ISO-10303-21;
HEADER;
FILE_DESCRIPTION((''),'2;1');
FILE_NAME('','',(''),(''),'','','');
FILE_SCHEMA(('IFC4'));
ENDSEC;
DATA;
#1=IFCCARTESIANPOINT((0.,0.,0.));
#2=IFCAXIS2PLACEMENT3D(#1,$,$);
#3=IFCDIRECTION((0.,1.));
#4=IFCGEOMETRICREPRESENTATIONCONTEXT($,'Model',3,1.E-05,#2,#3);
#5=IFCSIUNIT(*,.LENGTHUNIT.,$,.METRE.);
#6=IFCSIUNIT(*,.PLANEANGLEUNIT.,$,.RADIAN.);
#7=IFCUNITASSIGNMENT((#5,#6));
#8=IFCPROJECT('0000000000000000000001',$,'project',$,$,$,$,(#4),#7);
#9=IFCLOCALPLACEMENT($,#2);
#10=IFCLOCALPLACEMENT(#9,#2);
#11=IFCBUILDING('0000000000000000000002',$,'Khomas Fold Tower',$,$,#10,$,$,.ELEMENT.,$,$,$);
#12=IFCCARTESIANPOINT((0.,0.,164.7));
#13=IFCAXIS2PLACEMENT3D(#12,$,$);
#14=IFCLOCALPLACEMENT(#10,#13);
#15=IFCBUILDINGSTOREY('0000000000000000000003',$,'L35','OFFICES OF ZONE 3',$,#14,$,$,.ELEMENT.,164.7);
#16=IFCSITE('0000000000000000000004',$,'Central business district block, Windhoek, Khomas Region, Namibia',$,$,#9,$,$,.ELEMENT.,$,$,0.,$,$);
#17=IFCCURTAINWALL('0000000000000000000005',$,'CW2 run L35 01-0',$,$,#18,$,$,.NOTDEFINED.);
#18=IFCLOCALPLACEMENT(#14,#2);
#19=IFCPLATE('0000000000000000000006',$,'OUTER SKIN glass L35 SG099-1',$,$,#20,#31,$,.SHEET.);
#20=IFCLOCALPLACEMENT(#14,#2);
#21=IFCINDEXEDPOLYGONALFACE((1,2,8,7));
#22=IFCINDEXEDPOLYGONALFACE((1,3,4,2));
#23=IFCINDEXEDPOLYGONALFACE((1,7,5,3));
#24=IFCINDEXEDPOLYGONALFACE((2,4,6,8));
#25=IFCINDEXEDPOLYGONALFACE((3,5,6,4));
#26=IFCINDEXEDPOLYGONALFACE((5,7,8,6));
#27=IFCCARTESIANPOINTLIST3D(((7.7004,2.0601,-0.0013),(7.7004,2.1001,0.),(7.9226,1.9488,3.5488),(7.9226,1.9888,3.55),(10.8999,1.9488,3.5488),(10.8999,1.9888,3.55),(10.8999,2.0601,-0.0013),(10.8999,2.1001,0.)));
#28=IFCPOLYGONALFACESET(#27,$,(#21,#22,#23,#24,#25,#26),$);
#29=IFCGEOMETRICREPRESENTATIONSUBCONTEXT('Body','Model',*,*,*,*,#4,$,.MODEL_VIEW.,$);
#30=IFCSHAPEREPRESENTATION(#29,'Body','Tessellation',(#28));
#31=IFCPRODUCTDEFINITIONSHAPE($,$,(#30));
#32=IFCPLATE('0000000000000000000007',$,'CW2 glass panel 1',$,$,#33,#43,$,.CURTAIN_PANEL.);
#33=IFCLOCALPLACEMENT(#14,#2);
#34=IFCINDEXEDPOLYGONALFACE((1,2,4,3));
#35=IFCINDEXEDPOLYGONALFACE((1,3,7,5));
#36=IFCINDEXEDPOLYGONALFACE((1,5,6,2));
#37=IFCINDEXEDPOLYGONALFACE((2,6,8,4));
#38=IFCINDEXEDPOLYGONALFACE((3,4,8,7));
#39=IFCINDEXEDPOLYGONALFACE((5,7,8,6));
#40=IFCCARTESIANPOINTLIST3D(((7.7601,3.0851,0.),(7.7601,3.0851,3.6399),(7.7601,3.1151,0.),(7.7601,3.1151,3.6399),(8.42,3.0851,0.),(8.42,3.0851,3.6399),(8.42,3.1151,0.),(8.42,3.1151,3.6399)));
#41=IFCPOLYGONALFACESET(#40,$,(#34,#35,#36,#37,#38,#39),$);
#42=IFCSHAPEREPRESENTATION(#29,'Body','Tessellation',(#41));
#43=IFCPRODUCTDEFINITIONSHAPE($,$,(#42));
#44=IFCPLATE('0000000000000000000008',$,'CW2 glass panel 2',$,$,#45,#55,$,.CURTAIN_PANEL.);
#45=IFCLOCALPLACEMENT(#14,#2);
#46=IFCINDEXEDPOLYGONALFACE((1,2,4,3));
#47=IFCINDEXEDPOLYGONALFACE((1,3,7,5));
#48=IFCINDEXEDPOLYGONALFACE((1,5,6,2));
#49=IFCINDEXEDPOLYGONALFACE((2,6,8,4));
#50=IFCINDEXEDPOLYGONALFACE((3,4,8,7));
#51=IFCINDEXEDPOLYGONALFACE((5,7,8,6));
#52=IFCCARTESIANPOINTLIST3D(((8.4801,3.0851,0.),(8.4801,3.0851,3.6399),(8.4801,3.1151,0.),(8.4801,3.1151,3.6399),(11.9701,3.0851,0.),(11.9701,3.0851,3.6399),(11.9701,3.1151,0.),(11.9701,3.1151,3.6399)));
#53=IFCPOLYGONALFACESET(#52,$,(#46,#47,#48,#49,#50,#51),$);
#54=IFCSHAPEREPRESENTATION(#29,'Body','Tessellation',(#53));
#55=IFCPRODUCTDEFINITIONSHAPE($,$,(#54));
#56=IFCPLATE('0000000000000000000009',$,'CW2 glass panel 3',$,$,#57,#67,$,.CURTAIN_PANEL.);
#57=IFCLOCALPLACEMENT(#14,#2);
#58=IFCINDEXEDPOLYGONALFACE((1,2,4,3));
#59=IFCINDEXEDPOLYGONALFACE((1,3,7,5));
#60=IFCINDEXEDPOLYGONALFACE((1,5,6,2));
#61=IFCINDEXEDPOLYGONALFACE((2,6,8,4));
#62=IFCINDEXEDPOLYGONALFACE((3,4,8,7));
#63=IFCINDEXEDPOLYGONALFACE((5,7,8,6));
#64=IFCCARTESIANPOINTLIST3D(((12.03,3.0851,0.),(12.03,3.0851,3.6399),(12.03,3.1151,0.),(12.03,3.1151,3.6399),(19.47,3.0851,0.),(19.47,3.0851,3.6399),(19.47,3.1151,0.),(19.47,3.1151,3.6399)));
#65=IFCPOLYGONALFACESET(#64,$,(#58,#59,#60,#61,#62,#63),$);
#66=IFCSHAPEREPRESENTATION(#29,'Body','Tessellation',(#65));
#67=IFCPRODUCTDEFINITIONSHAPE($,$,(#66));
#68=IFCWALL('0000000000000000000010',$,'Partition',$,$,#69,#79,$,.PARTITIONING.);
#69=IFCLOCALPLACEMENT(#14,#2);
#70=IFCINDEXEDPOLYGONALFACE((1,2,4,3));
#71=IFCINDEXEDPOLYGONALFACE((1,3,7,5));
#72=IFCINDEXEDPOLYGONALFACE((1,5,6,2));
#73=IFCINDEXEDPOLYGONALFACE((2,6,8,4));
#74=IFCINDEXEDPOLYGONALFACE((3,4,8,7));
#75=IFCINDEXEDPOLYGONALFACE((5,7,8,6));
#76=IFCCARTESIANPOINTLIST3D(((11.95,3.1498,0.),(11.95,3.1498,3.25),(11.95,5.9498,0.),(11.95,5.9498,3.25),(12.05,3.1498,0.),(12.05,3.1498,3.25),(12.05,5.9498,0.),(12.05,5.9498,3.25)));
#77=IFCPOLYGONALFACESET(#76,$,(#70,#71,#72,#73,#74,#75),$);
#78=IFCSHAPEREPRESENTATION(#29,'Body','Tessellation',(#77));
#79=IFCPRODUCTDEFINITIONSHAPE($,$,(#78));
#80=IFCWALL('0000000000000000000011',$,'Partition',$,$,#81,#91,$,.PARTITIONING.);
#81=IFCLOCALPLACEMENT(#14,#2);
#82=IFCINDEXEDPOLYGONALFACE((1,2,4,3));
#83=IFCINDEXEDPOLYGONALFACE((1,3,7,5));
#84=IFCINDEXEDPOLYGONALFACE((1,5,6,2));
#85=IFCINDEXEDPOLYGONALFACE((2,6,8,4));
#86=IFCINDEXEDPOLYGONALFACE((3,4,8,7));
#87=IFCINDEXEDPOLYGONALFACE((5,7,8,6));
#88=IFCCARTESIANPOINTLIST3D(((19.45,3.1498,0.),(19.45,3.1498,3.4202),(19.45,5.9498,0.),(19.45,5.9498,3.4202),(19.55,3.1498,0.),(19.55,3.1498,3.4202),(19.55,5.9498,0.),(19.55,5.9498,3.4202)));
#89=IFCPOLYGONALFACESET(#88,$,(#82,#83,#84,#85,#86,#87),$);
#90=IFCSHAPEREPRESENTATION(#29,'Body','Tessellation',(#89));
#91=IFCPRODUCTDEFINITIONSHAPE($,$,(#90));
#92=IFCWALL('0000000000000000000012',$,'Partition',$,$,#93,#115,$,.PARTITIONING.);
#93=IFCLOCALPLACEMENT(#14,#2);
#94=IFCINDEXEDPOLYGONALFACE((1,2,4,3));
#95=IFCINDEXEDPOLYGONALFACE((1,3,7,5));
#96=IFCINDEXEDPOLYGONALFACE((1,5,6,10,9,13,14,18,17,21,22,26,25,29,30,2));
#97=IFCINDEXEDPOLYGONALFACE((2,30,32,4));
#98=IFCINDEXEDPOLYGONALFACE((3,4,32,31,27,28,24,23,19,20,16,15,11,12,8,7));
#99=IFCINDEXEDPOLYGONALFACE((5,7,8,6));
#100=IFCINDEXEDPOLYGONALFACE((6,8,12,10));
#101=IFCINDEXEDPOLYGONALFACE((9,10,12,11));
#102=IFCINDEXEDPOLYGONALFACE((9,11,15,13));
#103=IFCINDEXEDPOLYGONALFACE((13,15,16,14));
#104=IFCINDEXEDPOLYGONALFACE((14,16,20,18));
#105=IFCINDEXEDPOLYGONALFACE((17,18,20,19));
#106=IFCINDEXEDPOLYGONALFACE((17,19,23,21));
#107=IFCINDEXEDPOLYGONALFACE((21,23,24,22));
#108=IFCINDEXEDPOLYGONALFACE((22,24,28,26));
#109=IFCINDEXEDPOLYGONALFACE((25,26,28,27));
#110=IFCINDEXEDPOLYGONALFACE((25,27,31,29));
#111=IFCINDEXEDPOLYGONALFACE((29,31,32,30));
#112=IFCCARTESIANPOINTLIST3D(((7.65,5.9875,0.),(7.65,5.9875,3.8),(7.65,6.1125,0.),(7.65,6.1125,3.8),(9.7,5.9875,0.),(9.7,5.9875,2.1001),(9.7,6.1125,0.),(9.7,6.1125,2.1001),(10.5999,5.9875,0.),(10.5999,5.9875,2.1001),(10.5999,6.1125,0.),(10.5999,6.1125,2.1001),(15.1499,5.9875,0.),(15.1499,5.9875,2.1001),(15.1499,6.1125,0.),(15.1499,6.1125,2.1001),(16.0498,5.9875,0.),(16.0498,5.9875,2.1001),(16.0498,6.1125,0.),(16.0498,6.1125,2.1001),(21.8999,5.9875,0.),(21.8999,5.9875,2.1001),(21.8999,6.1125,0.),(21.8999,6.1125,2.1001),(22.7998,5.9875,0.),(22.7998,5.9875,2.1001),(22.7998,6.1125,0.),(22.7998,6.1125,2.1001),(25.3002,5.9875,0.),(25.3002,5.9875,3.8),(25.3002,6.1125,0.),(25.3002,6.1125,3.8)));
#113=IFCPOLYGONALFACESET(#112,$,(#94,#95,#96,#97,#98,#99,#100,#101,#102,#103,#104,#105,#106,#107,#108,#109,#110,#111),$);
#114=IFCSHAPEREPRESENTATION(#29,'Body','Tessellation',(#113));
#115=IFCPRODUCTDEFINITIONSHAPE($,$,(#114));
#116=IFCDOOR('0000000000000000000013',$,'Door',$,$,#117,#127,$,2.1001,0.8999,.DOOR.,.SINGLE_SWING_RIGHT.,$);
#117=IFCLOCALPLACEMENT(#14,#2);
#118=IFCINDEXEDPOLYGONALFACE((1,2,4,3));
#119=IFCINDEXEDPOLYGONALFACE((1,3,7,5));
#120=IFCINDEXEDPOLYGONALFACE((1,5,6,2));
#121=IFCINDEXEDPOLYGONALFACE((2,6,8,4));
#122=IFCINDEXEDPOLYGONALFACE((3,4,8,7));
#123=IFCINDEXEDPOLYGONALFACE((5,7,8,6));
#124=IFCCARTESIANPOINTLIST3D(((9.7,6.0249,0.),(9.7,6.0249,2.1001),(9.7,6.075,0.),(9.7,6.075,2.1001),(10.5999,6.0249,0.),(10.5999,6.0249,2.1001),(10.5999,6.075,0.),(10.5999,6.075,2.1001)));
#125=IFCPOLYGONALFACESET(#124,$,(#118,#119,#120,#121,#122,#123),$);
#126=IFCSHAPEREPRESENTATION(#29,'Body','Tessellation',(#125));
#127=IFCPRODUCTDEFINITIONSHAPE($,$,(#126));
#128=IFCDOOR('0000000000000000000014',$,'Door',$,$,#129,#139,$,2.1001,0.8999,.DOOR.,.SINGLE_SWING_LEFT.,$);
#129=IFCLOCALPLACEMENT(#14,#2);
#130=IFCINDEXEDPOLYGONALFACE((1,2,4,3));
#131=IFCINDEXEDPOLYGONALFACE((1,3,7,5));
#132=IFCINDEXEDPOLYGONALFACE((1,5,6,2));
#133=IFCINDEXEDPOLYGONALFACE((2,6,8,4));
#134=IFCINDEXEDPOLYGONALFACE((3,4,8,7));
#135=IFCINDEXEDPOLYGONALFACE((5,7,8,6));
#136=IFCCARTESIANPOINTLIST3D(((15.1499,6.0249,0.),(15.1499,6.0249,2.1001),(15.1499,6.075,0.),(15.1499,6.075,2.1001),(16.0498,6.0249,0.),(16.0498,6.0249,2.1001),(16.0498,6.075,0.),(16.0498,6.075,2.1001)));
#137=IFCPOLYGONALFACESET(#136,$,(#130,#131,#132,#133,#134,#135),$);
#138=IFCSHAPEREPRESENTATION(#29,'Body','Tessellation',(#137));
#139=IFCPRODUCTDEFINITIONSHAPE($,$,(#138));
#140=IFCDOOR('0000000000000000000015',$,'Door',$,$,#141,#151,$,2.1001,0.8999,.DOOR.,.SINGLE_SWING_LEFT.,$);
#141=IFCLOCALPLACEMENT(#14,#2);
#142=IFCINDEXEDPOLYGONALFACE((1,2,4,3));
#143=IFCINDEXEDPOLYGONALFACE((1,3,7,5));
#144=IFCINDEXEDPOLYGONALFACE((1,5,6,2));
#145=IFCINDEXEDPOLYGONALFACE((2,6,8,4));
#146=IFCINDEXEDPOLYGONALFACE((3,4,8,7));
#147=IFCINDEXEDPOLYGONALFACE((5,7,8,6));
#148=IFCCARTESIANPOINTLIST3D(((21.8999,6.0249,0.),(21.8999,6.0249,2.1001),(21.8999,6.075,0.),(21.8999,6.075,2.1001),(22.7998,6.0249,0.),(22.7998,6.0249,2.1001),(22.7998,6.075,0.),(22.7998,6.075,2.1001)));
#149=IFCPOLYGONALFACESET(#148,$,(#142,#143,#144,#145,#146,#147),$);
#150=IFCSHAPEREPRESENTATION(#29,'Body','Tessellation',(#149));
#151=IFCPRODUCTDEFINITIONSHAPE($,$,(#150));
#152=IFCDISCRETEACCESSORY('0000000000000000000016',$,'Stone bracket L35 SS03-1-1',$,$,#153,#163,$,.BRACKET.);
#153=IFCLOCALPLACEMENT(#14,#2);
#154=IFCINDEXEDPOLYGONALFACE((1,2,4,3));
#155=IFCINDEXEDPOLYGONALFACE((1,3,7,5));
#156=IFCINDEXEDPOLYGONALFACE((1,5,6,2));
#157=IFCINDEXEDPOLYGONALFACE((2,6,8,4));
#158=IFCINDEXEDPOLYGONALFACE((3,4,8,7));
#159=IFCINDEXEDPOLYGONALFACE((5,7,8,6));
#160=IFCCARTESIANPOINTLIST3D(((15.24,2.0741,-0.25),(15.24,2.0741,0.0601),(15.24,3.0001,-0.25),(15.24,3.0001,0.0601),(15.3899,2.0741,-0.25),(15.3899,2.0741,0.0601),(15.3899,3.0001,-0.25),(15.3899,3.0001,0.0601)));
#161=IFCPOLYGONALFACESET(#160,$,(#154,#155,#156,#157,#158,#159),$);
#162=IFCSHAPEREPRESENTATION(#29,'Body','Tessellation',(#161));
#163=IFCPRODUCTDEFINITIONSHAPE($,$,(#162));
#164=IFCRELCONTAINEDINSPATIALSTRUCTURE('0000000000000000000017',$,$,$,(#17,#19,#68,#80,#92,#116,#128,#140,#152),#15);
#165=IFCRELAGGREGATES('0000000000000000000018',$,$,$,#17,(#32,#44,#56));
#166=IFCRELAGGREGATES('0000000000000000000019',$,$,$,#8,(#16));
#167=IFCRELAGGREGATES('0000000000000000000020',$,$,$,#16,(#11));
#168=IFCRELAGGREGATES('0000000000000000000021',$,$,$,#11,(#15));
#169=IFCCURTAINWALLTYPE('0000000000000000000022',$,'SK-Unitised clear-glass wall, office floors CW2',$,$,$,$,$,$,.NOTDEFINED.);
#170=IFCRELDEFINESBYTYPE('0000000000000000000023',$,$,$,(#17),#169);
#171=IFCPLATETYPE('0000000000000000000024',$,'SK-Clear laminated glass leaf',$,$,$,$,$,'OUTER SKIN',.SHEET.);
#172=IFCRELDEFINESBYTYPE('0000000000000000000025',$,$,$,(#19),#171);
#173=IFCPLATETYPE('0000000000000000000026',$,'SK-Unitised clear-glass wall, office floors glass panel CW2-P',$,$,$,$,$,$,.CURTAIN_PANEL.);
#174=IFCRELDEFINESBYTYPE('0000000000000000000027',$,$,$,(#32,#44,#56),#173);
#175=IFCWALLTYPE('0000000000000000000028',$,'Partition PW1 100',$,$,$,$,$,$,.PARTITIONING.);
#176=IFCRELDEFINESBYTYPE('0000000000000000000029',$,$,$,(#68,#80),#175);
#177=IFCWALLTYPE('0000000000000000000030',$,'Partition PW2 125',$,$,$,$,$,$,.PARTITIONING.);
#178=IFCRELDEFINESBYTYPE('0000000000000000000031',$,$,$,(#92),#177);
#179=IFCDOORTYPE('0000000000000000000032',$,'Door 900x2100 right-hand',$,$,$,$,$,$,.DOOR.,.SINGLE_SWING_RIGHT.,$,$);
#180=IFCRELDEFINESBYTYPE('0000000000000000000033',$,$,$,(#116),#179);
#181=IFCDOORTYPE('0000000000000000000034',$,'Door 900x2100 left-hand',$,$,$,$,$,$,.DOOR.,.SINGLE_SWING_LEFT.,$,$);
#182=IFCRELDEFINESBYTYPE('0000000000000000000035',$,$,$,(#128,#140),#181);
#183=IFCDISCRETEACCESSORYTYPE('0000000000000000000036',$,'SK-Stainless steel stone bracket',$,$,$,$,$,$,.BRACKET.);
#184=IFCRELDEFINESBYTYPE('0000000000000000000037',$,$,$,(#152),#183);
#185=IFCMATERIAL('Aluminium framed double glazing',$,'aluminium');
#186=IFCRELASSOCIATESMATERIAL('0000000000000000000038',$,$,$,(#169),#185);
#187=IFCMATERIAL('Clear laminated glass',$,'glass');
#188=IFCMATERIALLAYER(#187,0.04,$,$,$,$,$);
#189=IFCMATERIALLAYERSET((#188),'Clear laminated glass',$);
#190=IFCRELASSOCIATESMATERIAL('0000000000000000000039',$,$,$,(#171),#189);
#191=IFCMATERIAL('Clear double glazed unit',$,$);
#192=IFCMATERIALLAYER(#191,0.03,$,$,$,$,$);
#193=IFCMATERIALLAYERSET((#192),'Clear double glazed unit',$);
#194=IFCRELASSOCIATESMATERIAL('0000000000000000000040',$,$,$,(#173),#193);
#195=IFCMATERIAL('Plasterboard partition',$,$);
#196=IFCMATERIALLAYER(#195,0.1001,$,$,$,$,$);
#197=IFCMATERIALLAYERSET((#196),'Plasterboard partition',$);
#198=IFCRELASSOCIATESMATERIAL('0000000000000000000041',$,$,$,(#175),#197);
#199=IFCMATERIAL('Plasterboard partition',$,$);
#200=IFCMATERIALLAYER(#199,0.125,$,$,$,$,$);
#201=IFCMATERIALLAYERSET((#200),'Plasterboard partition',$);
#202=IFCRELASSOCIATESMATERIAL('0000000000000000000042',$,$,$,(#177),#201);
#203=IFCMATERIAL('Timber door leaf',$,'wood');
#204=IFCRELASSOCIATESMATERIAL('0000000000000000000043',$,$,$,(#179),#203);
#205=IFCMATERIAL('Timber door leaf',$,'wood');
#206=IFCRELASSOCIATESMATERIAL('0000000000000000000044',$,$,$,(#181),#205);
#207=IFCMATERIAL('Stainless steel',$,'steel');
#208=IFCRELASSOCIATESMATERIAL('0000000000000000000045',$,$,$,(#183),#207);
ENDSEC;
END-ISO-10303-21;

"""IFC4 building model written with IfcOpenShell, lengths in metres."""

from ifc_helpers import new_model, si_unit, direction, frame, frame_2d, origin, origin_2d, place, context, subcontext, project, spatial, polyline, rectangle, outline, extrude, source, transform, mapped, material, layer, layer_set, type_object, element, fill, aggregate, save


model = new_model("IFC4")

# Units and contexts
model_context = context("Model", 3, precision=1e-05, world=origin(), true_north=direction((0.0, 1.0)))
body_context = subcontext(model_context, "Body", "Model", "MODEL_VIEW")
ifc_project = project(units=[si_unit("LENGTHUNIT", "METRE"), si_unit("PLANEANGLEUNIT", "RADIAN")], contexts=[model_context])

# Site, building, storey
site_placement = place(None, origin())
site = spatial("IfcSite", under=ifc_project, at=site_placement, Name="Central business district block, Windhoek, Khomas Region, Namibia", CompositionType="ELEMENT", RefElevation=0.0)
building_placement = place(site_placement, origin())
building = spatial("IfcBuilding", under=site, at=building_placement, Name="Khomas Fold Tower", CompositionType="ELEMENT")
storey_placement = place(building_placement, frame((0.0, 0.0, 164.7)))
storey = spatial("IfcBuildingStorey", under=building, at=storey_placement, Name="L35", Description="OFFICES OF ZONE 3", CompositionType="ELEMENT", Elevation=164.7)

# Shared definitions
ifc_material_1 = material(Name="Aluminium framed double glazing", Category="aluminium")
curtain_wall_type = type_object("IfcCurtainWallType", Name="SK-Unitised clear-glass wall, office floors CW2", PredefinedType="NOTDEFINED", material=ifc_material_1)

# Curtain wall
curtain_wall_1_placement = place(storey_placement, origin())
curtain_wall_1 = element("IfcCurtainWall", 1, at=curtain_wall_1_placement, inside=storey, type_object=curtain_wall_type, Name="CW2 run L35 01-0", PredefinedType="NOTDEFINED")

# Plates
ifc_material_2 = material(Name="Clear laminated glass", Category="glass")
ifc_layer_1 = layer(ifc_material_2, 0.04)
ifc_layer_set_1 = layer_set([ifc_layer_1], Name="Clear laminated glass")
plate_type_1 = type_object("IfcPlateType", Name="SK-Clear laminated glass leaf", ElementType="OUTER SKIN", PredefinedType="SHEET", material=ifc_layer_set_1)
plate_1_placement = place(storey_placement, frame((10.8999, 2.1001, 0.0), z_axis=(0.0, 0.999509, 0.031344), x_axis=(-1.0, 0.0, 0.0)))
element("IfcPlate", 2, at=plate_1_placement, inside=storey, type_object=plate_type_1, Name="OUTER SKIN glass L35 SG099-1", PredefinedType="SHEET", context=body_context, shape_type="SweptSolid", body=[
    extrude(outline(polyline([(0.0, 0.0), (3.1995, 0.0), (2.9773, 3.5518), (0.0, 3.5518), (0.0, 0.0)])), origin(), (0.0, 0.0, -1.0), 0.04),
])
ifc_material_3 = material(Name="Clear double glazed unit")
ifc_layer_2 = layer(ifc_material_3, 0.03)
ifc_layer_set_2 = layer_set([ifc_layer_2], Name="Clear double glazed unit")
plate_type_2 = type_object("IfcPlateType", Name="SK-Unitised clear-glass wall, office floors glass panel CW2-P", PredefinedType="CURTAIN_PANEL", material=ifc_layer_set_2)
shared_shape_1 = source(origin(), body_context, "Body", "SweptSolid", [
    extrude(rectangle(XDim=0.6599, YDim=0.03, at=origin_2d()), origin(), (0.0, 0.0, 1.0), 3.6399),
])
plate_2_placement = place(storey_placement, frame((8.0901, 3.1001, 0.0), z_axis=(0.0, 0.0, 1.0), x_axis=(1.0, 0.0, 0.0)))
plate_2 = element("IfcPlate", 3, at=plate_2_placement, type_object=plate_type_2, Name="CW2 glass panel 1", PredefinedType="CURTAIN_PANEL", context=body_context, shape_type="MappedRepresentation", body=[
    mapped(shared_shape_1, transform((0.0, 0.0, 0.0))),
])
shared_shape_2 = source(origin(), body_context, "Body", "SweptSolid", [
    extrude(rectangle(XDim=3.49, YDim=0.03, at=origin_2d()), origin(), (0.0, 0.0, 1.0), 3.6399),
])
plate_3_placement = place(storey_placement, frame((10.2251, 3.1001, 0.0), z_axis=(0.0, 0.0, 1.0), x_axis=(1.0, 0.0, 0.0)))
plate_3 = element("IfcPlate", 4, at=plate_3_placement, type_object=plate_type_2, Name="CW2 glass panel 2", PredefinedType="CURTAIN_PANEL", context=body_context, shape_type="MappedRepresentation", body=[
    mapped(shared_shape_2, transform((0.0, 0.0, 0.0))),
])
shared_shape_3 = source(origin(), body_context, "Body", "SweptSolid", [
    extrude(rectangle(XDim=7.4399, YDim=0.03, at=origin_2d()), origin(), (0.0, 0.0, 1.0), 3.6399),
])
plate_4_placement = place(storey_placement, frame((15.75, 3.1001, 0.0), z_axis=(0.0, 0.0, 1.0), x_axis=(1.0, 0.0, 0.0)))
plate_4 = element("IfcPlate", 5, at=plate_4_placement, type_object=plate_type_2, Name="CW2 glass panel 3", PredefinedType="CURTAIN_PANEL", context=body_context, shape_type="MappedRepresentation", body=[
    mapped(shared_shape_3, transform((0.0, 0.0, 0.0))),
])
aggregate(curtain_wall_1, [plate_2, plate_3, plate_4])

# Walls
ifc_material_4 = material(Name="Plasterboard partition")
ifc_layer_3 = layer(ifc_material_4, 0.1001)
ifc_layer_set_3 = layer_set([ifc_layer_3], Name="Plasterboard partition")
wall_type_1 = type_object("IfcWallType", Name="Partition PW1 100", PredefinedType="PARTITIONING", material=ifc_layer_set_3)
shared_shape_4 = source(origin(), body_context, "Body", "SweptSolid", [
    extrude(rectangle(XDim=2.8, YDim=0.1001, at=frame_2d((1.3999, 0.0))), origin(), (0.0, 0.0, 1.0), 3.25),
])
wall_1_placement = place(storey_placement, frame((12.0, 3.1499, 0.0), z_axis=(0.0, 0.0, 1.0), x_axis=(0.0, 1.0, 0.0)))
element("IfcWall", 6, at=wall_1_placement, inside=storey, type_object=wall_type_1, Name="Partition", PredefinedType="PARTITIONING", context=body_context, shape_type="MappedRepresentation", body=[
    mapped(shared_shape_4, transform((0.0, 0.0, 0.0))),
])
shared_shape_5 = source(origin(), body_context, "Body", "SweptSolid", [
    extrude(rectangle(XDim=2.8, YDim=0.1001, at=frame_2d((1.3999, 0.0))), origin(), (0.0, 0.0, 1.0), 3.4202),
])
wall_2_placement = place(storey_placement, frame((19.5, 3.1499, 0.0), z_axis=(0.0, 0.0, 1.0), x_axis=(0.0, 1.0, 0.0)))
element("IfcWall", 7, at=wall_2_placement, inside=storey, type_object=wall_type_1, Name="Partition", PredefinedType="PARTITIONING", context=body_context, shape_type="MappedRepresentation", body=[
    mapped(shared_shape_5, transform((0.0, 0.0, 0.0))),
])

# Wall, openings, doors
ifc_material_5 = material(Name="Plasterboard partition")
ifc_layer_4 = layer(ifc_material_5, 0.125)
ifc_layer_set_4 = layer_set([ifc_layer_4], Name="Plasterboard partition")
wall_type_2 = type_object("IfcWallType", Name="Partition PW2 125", PredefinedType="PARTITIONING", material=ifc_layer_set_4)
shared_shape_6 = source(origin(), body_context, "Body", "SweptSolid", [
    extrude(rectangle(XDim=17.6501, YDim=0.125, at=frame_2d((8.8252, 0.0))), origin(), (0.0, 0.0, 1.0), 3.8),
])
wall_3_placement = place(storey_placement, frame((7.6499, 6.05, 0.0), z_axis=(0.0, 0.0, 1.0), x_axis=(1.0, 0.0, 0.0)))
wall_3 = element("IfcWall", 8, at=wall_3_placement, inside=storey, type_object=wall_type_2, Name="Partition", PredefinedType="PARTITIONING", context=body_context, shape_type="MappedRepresentation", body=[
    mapped(shared_shape_6, transform((0.0, 0.0, 0.0))),
])
shared_shape_7 = source(origin(), body_context, "Body", "SweptSolid", [
    extrude(rectangle(XDim=0.8999, YDim=2.1001, at=frame_2d((0.45, 1.05))), frame((0.0, 0.0725, 0.0), z_axis=(0.0, -1.0, 0.0), x_axis=(1.0, 0.0, 0.0)), (0.0, 0.0, 1.0), 0.145),
])
opening_1_placement = place(wall_3_placement, frame((2.05, 0.0, 0.0)))
opening_1 = element("IfcOpeningElement", 9, at=opening_1_placement, cuts=wall_3, PredefinedType="OPENING", context=body_context, shape_type="MappedRepresentation", body=[
    mapped(shared_shape_7, transform((0.0, 0.0, 0.0))),
])
opening_2_placement = place(wall_3_placement, frame((7.5, 0.0, 0.0)))
opening_2 = element("IfcOpeningElement", 10, at=opening_2_placement, cuts=wall_3, PredefinedType="OPENING", context=body_context, shape_type="MappedRepresentation", body=[
    mapped(shared_shape_7, transform((0.0, 0.0, 0.0))),
])
opening_3_placement = place(wall_3_placement, frame((14.25, 0.0, 0.0)))
opening_3 = element("IfcOpeningElement", 11, at=opening_3_placement, cuts=wall_3, PredefinedType="OPENING", context=body_context, shape_type="MappedRepresentation", body=[
    mapped(shared_shape_7, transform((0.0, 0.0, 0.0))),
])
ifc_material_6 = material(Name="Timber door leaf", Category="wood")
door_type_1 = type_object("IfcDoorType", Name="Door 900x2100 right-hand", OperationType="SINGLE_SWING_RIGHT", PredefinedType="DOOR", material=ifc_material_6)
shared_shape_8 = source(origin(), body_context, "Body", "SweptSolid", [
    extrude(rectangle(XDim=0.8999, YDim=2.1001, at=frame_2d((0.45, 1.05))), frame((0.0, 0.0249, 0.0), z_axis=(0.0, -1.0, 0.0), x_axis=(1.0, 0.0, 0.0)), (0.0, 0.0, 1.0), 0.05),
])
door_1_placement = place(opening_1_placement, origin())
door_1 = element("IfcDoor", 12, at=door_1_placement, inside=storey, type_object=door_type_1, Name="Door", OperationType="SINGLE_SWING_RIGHT", OverallHeight=2.1001, OverallWidth=0.8999, PredefinedType="DOOR", context=body_context, shape_type="MappedRepresentation", body=[
    mapped(shared_shape_8, transform((0.0, 0.0, 0.0))),
])
fill(opening_1, door_1)
ifc_material_7 = material(Name="Timber door leaf", Category="wood")
door_type_2 = type_object("IfcDoorType", Name="Door 900x2100 left-hand", OperationType="SINGLE_SWING_LEFT", PredefinedType="DOOR", material=ifc_material_7)
door_2_placement = place(opening_2_placement, origin())
door_2 = element("IfcDoor", 13, at=door_2_placement, inside=storey, type_object=door_type_2, Name="Door", OperationType="SINGLE_SWING_LEFT", OverallHeight=2.1001, OverallWidth=0.8999, PredefinedType="DOOR", context=body_context, shape_type="MappedRepresentation", body=[
    mapped(shared_shape_8, transform((0.0, 0.0, 0.0))),
])
fill(opening_2, door_2)
door_3_placement = place(opening_3_placement, origin())
door_3 = element("IfcDoor", 14, at=door_3_placement, inside=storey, type_object=door_type_2, Name="Door", OperationType="SINGLE_SWING_LEFT", OverallHeight=2.1001, OverallWidth=0.8999, PredefinedType="DOOR", context=body_context, shape_type="MappedRepresentation", body=[
    mapped(shared_shape_8, transform((0.0, 0.0, 0.0))),
])
fill(opening_3, door_3)

# Discrete accessory
ifc_material_8 = material(Name="Stainless steel", Category="steel")
discrete_accessory_type = type_object("IfcDiscreteAccessoryType", Name="SK-Stainless steel stone bracket", PredefinedType="BRACKET", material=ifc_material_8)
shared_shape_9 = source(origin(), body_context, "Body", "SweptSolid", [
    extrude(rectangle(XDim=0.926, YDim=0.1499, at=origin_2d()), origin(), (0.0, 0.0, 1.0), 0.3101),
])
for number, where, z_axis, x_axis, name in (
    (15, (15.3149, 2.5371, -0.25), (0.0, 0.0, 1.0), (0.0, -1.0, 0.0), "Stone bracket L35 SS03-1-1"),
):
    element("IfcDiscreteAccessory", number, at=place(storey_placement, frame(where, z_axis=z_axis, x_axis=x_axis)), inside=storey, type_object=discrete_accessory_type, Name=name, PredefinedType="BRACKET", context=body_context, shape_type="MappedRepresentation", body=[
        mapped(shared_shape_9, transform((0.0, 0.0, 0.0))),
    ])

save(model, "model.ifc")
